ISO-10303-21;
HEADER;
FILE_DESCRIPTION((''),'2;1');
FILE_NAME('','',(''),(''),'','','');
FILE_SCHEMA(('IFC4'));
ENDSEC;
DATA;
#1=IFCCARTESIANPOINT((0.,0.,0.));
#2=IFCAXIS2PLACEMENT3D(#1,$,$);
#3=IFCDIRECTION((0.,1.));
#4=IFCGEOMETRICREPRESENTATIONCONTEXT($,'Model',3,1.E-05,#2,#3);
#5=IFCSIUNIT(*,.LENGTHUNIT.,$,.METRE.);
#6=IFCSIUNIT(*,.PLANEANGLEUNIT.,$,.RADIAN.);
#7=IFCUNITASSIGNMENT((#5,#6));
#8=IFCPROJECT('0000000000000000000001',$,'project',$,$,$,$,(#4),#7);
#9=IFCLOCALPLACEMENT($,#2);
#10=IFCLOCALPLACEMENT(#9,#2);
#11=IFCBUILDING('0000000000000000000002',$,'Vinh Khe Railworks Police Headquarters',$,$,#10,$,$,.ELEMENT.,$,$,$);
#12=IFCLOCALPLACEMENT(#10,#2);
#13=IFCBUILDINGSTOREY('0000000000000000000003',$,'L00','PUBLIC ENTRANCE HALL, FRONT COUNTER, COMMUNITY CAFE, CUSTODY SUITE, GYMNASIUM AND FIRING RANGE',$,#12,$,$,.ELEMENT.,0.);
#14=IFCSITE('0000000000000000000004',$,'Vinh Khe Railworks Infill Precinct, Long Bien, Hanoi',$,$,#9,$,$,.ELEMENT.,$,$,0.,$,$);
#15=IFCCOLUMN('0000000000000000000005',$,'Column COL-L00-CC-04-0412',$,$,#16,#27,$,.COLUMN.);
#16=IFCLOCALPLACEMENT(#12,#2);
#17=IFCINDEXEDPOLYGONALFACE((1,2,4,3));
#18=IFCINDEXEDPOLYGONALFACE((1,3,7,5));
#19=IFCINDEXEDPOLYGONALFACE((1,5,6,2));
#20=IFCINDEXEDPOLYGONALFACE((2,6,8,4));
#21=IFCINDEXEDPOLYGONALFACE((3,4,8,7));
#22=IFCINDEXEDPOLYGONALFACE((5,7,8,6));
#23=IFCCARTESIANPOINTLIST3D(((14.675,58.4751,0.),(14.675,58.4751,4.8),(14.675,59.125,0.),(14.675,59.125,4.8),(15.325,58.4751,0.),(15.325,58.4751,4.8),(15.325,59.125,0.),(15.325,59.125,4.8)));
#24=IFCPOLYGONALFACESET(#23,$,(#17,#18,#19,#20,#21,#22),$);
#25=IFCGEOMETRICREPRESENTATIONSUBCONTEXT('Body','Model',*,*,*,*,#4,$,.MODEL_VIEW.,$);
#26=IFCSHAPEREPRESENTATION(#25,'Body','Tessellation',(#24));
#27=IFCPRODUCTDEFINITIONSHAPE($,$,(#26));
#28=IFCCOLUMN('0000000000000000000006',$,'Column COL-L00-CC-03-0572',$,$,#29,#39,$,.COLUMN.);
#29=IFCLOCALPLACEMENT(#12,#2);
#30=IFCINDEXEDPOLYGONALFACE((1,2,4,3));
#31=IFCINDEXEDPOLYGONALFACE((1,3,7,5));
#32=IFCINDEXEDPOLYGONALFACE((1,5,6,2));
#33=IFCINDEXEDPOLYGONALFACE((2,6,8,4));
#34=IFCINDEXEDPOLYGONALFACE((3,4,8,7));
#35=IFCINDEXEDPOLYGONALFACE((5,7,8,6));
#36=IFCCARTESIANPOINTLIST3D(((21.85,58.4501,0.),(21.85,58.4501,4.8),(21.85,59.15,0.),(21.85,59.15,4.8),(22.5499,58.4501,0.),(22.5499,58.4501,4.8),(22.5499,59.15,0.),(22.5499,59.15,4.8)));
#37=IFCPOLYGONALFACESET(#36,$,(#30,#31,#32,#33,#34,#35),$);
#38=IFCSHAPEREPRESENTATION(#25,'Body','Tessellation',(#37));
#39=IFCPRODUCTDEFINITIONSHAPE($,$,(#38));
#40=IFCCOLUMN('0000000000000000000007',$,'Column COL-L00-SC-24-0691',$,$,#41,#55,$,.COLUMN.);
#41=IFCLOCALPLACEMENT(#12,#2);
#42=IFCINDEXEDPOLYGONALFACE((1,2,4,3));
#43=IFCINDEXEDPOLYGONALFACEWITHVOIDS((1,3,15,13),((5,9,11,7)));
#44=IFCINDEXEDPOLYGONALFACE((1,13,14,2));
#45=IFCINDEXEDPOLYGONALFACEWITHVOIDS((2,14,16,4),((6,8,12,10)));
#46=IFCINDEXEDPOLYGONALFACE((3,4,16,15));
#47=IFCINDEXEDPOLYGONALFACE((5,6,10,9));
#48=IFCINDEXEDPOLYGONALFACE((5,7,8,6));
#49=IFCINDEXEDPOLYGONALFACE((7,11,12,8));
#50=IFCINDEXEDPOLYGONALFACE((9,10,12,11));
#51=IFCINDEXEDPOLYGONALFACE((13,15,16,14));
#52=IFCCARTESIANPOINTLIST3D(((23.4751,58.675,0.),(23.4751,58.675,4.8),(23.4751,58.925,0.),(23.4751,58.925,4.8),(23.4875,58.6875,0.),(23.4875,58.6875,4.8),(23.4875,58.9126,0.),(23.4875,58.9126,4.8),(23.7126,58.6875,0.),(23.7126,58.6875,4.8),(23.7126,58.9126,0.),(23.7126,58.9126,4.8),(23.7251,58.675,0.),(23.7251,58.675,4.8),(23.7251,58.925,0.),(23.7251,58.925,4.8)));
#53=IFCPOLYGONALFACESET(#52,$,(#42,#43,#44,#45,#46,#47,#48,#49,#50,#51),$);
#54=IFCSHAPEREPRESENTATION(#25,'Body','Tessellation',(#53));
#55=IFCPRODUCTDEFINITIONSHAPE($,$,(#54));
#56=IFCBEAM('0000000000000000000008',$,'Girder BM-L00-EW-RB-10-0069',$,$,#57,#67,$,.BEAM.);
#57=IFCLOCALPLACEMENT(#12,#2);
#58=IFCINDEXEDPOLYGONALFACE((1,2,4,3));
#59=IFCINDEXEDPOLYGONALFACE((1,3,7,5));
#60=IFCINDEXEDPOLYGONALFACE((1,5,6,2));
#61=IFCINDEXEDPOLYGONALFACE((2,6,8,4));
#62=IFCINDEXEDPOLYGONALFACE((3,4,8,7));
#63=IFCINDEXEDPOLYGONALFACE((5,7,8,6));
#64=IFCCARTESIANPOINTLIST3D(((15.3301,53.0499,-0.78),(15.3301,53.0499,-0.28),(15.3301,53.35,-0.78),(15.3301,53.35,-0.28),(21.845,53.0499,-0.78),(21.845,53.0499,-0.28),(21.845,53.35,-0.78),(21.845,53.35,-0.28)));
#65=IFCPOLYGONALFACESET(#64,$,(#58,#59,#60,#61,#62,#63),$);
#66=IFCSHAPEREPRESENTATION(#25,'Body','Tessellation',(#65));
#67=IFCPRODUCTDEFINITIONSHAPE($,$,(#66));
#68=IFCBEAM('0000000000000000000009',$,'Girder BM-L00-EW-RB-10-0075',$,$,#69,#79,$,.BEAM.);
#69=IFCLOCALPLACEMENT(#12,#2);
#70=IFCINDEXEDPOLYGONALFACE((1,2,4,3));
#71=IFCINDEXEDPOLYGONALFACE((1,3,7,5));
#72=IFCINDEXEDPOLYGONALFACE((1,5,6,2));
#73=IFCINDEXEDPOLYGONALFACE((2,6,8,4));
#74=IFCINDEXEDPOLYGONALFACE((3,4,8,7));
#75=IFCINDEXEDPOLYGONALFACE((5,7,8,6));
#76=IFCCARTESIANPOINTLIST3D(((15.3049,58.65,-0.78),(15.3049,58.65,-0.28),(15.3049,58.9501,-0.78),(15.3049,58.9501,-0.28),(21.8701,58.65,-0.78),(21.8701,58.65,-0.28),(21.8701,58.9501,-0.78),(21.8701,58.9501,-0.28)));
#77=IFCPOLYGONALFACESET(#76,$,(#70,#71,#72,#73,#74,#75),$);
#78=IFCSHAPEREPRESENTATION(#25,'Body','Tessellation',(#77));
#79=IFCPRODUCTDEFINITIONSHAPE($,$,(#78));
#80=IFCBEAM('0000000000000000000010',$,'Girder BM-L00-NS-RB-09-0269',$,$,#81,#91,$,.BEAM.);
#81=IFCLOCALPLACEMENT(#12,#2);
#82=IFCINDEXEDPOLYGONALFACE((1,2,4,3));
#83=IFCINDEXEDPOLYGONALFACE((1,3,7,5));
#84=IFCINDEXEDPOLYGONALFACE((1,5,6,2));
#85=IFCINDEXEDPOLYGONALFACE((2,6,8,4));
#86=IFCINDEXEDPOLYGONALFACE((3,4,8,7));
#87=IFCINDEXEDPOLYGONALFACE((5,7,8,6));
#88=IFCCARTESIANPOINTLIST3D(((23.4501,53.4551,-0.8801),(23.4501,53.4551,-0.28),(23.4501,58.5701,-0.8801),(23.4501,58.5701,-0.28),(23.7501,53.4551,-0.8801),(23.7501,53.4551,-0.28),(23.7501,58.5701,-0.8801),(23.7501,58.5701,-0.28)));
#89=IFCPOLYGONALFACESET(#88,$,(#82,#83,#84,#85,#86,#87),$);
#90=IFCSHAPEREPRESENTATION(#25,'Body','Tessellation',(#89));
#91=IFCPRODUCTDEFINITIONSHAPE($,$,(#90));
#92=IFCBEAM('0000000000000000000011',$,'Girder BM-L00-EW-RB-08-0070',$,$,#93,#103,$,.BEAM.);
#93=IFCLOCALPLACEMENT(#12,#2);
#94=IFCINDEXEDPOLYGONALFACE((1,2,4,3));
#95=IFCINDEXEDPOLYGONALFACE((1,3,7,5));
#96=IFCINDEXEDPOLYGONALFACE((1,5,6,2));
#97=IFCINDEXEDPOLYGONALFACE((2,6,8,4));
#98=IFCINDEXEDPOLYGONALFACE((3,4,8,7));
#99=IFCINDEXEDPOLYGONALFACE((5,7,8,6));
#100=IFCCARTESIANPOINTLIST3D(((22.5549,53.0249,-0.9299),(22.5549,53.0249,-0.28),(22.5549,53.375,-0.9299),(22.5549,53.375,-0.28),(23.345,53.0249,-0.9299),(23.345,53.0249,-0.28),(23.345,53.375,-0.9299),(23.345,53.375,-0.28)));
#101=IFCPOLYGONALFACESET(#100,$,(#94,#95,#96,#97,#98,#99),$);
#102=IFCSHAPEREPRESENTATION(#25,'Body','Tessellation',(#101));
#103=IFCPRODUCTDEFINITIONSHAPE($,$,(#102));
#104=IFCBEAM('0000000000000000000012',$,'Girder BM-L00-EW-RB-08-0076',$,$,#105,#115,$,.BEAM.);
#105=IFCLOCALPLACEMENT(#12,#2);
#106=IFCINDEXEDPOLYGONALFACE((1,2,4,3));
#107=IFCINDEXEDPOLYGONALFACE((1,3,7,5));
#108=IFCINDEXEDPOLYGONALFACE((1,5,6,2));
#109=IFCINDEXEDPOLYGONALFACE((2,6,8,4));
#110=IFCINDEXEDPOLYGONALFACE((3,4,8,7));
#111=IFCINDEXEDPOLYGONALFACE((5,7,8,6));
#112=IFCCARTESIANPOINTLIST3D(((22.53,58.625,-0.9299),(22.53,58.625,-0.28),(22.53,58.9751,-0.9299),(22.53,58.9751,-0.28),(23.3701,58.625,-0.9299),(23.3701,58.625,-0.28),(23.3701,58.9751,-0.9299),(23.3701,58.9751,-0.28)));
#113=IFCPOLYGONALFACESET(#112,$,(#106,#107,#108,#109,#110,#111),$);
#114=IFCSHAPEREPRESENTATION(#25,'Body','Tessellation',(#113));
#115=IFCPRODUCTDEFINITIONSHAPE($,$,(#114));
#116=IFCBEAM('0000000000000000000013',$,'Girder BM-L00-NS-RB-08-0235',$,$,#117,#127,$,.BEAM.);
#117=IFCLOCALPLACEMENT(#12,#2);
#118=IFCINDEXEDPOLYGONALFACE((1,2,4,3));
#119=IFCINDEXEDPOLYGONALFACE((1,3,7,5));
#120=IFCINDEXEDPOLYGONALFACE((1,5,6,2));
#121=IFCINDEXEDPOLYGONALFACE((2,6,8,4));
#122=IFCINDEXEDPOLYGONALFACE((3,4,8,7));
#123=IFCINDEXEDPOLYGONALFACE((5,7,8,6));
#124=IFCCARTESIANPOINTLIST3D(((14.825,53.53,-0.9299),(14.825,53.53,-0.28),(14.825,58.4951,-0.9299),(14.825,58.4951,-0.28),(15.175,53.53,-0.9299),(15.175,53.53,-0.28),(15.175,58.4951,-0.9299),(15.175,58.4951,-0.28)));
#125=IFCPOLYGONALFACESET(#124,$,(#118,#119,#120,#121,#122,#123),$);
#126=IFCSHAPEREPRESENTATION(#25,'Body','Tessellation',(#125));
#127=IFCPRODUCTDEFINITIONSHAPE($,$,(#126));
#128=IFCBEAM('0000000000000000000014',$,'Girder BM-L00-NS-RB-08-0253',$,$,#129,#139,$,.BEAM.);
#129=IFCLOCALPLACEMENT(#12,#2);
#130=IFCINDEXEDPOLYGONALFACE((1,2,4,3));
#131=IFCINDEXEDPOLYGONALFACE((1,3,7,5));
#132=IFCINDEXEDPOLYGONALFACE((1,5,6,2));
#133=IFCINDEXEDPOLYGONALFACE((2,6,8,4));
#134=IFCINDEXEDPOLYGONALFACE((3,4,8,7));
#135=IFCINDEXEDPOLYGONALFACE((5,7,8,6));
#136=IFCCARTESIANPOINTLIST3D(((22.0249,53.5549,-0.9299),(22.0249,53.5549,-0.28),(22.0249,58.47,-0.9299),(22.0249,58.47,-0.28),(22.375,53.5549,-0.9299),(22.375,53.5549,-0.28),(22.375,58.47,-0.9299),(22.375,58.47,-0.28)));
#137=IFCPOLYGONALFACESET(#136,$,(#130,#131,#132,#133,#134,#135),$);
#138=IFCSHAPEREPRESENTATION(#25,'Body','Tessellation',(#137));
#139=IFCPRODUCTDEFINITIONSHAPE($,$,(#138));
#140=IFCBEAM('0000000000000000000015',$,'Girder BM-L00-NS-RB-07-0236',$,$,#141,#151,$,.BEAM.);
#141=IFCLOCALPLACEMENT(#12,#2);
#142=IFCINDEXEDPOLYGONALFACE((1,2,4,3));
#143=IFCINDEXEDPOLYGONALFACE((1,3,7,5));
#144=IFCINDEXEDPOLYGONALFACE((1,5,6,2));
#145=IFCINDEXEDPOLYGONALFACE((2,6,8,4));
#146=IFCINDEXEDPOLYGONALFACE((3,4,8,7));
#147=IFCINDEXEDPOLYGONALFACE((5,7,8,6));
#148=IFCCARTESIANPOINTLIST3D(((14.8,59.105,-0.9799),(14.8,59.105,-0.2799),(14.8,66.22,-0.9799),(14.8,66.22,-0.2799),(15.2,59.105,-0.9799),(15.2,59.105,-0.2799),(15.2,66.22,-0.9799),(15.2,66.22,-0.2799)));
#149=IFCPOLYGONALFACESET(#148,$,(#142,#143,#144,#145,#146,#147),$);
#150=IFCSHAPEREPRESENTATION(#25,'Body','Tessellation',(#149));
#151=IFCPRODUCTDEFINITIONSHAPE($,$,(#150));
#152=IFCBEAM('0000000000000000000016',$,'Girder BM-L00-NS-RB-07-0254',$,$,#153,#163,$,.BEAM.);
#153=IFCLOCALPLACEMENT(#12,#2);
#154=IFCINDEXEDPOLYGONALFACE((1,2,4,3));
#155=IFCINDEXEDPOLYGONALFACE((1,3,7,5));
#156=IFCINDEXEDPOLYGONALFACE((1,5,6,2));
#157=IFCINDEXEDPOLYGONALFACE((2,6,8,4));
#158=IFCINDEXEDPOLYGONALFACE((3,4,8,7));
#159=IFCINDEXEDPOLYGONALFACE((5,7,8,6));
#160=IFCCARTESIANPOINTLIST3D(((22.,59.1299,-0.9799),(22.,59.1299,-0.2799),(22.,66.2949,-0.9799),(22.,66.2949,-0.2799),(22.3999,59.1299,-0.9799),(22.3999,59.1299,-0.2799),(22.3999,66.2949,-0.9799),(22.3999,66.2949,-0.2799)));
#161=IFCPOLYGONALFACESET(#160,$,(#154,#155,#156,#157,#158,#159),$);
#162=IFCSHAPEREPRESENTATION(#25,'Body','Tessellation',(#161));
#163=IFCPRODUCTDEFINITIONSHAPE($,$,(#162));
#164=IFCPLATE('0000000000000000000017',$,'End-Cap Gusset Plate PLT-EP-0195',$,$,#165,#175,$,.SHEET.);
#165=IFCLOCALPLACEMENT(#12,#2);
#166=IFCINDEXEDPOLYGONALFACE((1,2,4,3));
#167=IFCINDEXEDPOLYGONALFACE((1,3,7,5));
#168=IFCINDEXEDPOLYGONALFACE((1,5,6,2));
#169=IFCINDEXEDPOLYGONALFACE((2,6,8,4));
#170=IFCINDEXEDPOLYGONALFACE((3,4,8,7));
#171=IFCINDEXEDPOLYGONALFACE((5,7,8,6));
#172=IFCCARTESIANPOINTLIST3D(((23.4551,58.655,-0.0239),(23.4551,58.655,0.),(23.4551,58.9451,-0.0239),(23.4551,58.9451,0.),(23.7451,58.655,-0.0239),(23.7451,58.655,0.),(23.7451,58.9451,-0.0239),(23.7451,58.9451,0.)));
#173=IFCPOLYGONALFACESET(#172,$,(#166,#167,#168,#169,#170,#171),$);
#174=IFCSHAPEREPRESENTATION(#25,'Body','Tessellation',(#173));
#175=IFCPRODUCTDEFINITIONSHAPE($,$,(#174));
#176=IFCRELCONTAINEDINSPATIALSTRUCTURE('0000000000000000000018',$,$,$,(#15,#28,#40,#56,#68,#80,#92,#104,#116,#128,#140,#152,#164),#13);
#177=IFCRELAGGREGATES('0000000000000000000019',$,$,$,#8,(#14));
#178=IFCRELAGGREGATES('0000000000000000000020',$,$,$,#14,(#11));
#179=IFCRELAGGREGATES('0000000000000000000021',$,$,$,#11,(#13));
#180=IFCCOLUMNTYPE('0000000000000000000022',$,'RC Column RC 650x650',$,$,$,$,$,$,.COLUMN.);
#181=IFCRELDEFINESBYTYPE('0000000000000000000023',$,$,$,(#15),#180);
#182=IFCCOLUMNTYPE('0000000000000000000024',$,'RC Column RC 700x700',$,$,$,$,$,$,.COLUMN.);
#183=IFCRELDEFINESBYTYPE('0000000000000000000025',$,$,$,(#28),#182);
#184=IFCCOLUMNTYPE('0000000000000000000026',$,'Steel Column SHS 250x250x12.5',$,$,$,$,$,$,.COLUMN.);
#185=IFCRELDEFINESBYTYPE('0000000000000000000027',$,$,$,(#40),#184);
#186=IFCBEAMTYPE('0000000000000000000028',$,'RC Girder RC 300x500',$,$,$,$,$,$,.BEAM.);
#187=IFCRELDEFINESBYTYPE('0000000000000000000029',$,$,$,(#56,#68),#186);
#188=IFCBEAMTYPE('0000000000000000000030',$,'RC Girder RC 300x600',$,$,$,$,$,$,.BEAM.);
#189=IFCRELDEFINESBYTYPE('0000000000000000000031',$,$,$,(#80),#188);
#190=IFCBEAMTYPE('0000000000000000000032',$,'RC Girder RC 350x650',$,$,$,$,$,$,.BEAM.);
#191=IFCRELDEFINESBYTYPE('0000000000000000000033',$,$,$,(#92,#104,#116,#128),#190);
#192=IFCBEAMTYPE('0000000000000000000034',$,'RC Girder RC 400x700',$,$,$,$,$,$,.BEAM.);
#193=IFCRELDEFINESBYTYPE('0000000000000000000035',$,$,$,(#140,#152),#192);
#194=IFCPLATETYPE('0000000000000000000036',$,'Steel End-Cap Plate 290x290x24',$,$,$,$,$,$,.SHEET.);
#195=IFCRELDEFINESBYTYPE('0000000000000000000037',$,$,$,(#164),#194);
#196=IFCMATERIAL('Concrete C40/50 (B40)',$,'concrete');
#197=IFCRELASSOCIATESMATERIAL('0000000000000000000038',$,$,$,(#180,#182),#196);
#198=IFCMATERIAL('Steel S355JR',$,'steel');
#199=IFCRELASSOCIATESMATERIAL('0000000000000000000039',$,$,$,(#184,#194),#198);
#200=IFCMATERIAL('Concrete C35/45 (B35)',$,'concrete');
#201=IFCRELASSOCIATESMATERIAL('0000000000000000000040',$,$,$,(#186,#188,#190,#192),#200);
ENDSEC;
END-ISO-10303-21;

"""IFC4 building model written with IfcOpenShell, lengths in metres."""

from ifc_helpers import new_model, si_unit, direction, frame, origin, origin_2d, place, context, subcontext, project, spatial, rectangle, hollow_rectangle, extrude, material, material_profile, profile_set, type_object, element, save


model = new_model("IFC4")

# Units and contexts
model_context = context("Model", 3, precision=1e-05, world=origin(), true_north=direction((0.0, 1.0)))
body_context = subcontext(model_context, "Body", "Model", "MODEL_VIEW")
ifc_project = project(units=[si_unit("LENGTHUNIT", "METRE"), si_unit("PLANEANGLEUNIT", "RADIAN")], contexts=[model_context])

# Site, building, storey
site_placement = place(None, origin())
site = spatial("IfcSite", under=ifc_project, at=site_placement, Name="Vinh Khe Railworks Infill Precinct, Long Bien, Hanoi", CompositionType="ELEMENT", RefElevation=0.0)
building_placement = place(site_placement, origin())
building = spatial("IfcBuilding", under=site, at=building_placement, Name="Vinh Khe Railworks Police Headquarters", CompositionType="ELEMENT")
storey_placement = place(building_placement, origin())
storey = spatial("IfcBuildingStorey", under=building, at=storey_placement, Name="L00", Description="PUBLIC ENTRANCE HALL, FRONT COUNTER, COMMUNITY CAFE, CUSTODY SUITE, GYMNASIUM AND FIRING RANGE", CompositionType="ELEMENT", Elevation=0.0)

# Columns
ifc_material_1 = material(Name="Concrete C40/50 (B40)", Category="concrete")
ifc_material_profile_1 = material_profile(ifc_material_1, rectangle(XDim=0.6499, YDim=0.6499, at=origin_2d()), Name="RC 650x650")
ifc_profile_set_1 = profile_set([ifc_material_profile_1], Name="Concrete C40/50 (B40)")
column_type_1 = type_object("IfcColumnType", Name="RC Column RC 650x650", PredefinedType="COLUMN", material=ifc_profile_set_1)
column_1_placement = place(storey_placement, frame((15.0, 58.8, 0.0), z_axis=(0.0, 0.0, 1.0), x_axis=(1.0, 0.0, 0.0)))
element("IfcColumn", 1, at=column_1_placement, inside=storey, type_object=column_type_1, Name="Column COL-L00-CC-04-0412", PredefinedType="COLUMN", context=body_context, shape_type="SweptSolid", body=[
    extrude(rectangle(XDim=0.6499, YDim=0.6499, at=origin_2d()), origin(), (0.0, 0.0, 1.0), 4.8),
])
ifc_material_profile_2 = material_profile(ifc_material_1, rectangle(XDim=0.7, YDim=0.7, at=origin_2d()), Name="RC 700x700")
ifc_profile_set_2 = profile_set([ifc_material_profile_2], Name="Concrete C40/50 (B40)")
column_type_2 = type_object("IfcColumnType", Name="RC Column RC 700x700", PredefinedType="COLUMN", material=ifc_profile_set_2)
column_2_placement = place(storey_placement, frame((22.2, 58.8, 0.0), z_axis=(0.0, 0.0, 1.0), x_axis=(1.0, 0.0, 0.0)))
element("IfcColumn", 2, at=column_2_placement, inside=storey, type_object=column_type_2, Name="Column COL-L00-CC-03-0572", PredefinedType="COLUMN", context=body_context, shape_type="SweptSolid", body=[
    extrude(rectangle(XDim=0.7, YDim=0.7, at=origin_2d()), origin(), (0.0, 0.0, 1.0), 4.8),
])
ifc_material_2 = material(Name="Steel S355JR", Category="steel")
ifc_material_profile_3 = material_profile(ifc_material_2, hollow_rectangle(XDim=0.25, YDim=0.25, WallThickness=0.0125, at=origin_2d()), Name="SHS 250x250x12.5")
ifc_profile_set_3 = profile_set([ifc_material_profile_3], Name="Steel S355JR")
column_type_3 = type_object("IfcColumnType", Name="Steel Column SHS 250x250x12.5", PredefinedType="COLUMN", material=ifc_profile_set_3)
column_3_placement = place(storey_placement, frame((23.6001, 58.8, 0.0), z_axis=(0.0, 0.0, 1.0), x_axis=(1.0, 0.0, 0.0)))
element("IfcColumn", 3, at=column_3_placement, inside=storey, type_object=column_type_3, Name="Column COL-L00-SC-24-0691", PredefinedType="COLUMN", context=body_context, shape_type="SweptSolid", body=[
    extrude(hollow_rectangle(XDim=0.25, YDim=0.25, WallThickness=0.0125, at=origin_2d()), origin(), (0.0, 0.0, 1.0), 4.8),
])

# Beams
ifc_material_3 = material(Name="Concrete C35/45 (B35)", Category="concrete")
ifc_material_profile_4 = material_profile(ifc_material_3, rectangle(XDim=0.3, YDim=0.5, at=origin_2d()), Name="RC 300x500")
ifc_profile_set_4 = profile_set([ifc_material_profile_4], Name="Concrete C35/45 (B35)")
beam_type_1 = type_object("IfcBeamType", Name="RC Girder RC 300x500", PredefinedType="BEAM", material=ifc_profile_set_4)
beam_1_placement = place(storey_placement, frame((15.3301, 53.2, -0.53), z_axis=(1.0, 0.0, 0.0), x_axis=(0.0, 1.0, 0.0)))
element("IfcBeam", 4, at=beam_1_placement, inside=storey, type_object=beam_type_1, Name="Girder BM-L00-EW-RB-10-0069", PredefinedType="BEAM", context=body_context, shape_type="SweptSolid", body=[
    extrude(rectangle(XDim=0.3, YDim=0.5, at=origin_2d()), origin(), (0.0, 0.0, 1.0), 6.5149),
])
beam_2_placement = place(storey_placement, frame((15.3049, 58.8, -0.53), z_axis=(1.0, 0.0, 0.0), x_axis=(0.0, 1.0, 0.0)))
element("IfcBeam", 5, at=beam_2_placement, inside=storey, type_object=beam_type_1, Name="Girder BM-L00-EW-RB-10-0075", PredefinedType="BEAM", context=body_context, shape_type="SweptSolid", body=[
    extrude(rectangle(XDim=0.3, YDim=0.5, at=origin_2d()), origin(), (0.0, 0.0, 1.0), 6.5652),
])
ifc_material_profile_5 = material_profile(ifc_material_3, rectangle(XDim=0.3, YDim=0.6001, at=origin_2d()), Name="RC 300x600")
ifc_profile_set_5 = profile_set([ifc_material_profile_5], Name="Concrete C35/45 (B35)")
beam_type_2 = type_object("IfcBeamType", Name="RC Girder RC 300x600", PredefinedType="BEAM", material=ifc_profile_set_5)
beam_3_placement = place(storey_placement, frame((23.6001, 53.4551, -0.5801), z_axis=(0.0, 1.0, 0.0), x_axis=(-1.0, 0.0, 0.0)))
element("IfcBeam", 6, at=beam_3_placement, inside=storey, type_object=beam_type_2, Name="Girder BM-L00-NS-RB-09-0269", PredefinedType="BEAM", context=body_context, shape_type="SweptSolid", body=[
    extrude(rectangle(XDim=0.3, YDim=0.6001, at=origin_2d()), origin(), (0.0, 0.0, 1.0), 5.115),
])
ifc_material_profile_6 = material_profile(ifc_material_3, rectangle(XDim=0.3501, YDim=0.6499, at=origin_2d()), Name="RC 350x650")
ifc_profile_set_6 = profile_set([ifc_material_profile_6], Name="Concrete C35/45 (B35)")
beam_type_3 = type_object("IfcBeamType", Name="RC Girder RC 350x650", PredefinedType="BEAM", material=ifc_profile_set_6)
beam_4_placement = place(storey_placement, frame((22.5549, 53.2, -0.605), z_axis=(1.0, 0.0, 0.0), x_axis=(0.0, 1.0, 0.0)))
element("IfcBeam", 7, at=beam_4_placement, inside=storey, type_object=beam_type_3, Name="Girder BM-L00-EW-RB-08-0070", PredefinedType="BEAM", context=body_context, shape_type="SweptSolid", body=[
    extrude(rectangle(XDim=0.3501, YDim=0.6499, at=origin_2d()), origin(), (0.0, 0.0, 1.0), 0.79),
])
beam_5_placement = place(storey_placement, frame((22.53, 58.8, -0.605), z_axis=(1.0, 0.0, 0.0), x_axis=(0.0, 1.0, 0.0)))
element("IfcBeam", 8, at=beam_5_placement, inside=storey, type_object=beam_type_3, Name="Girder BM-L00-EW-RB-08-0076", PredefinedType="BEAM", context=body_context, shape_type="SweptSolid", body=[
    extrude(rectangle(XDim=0.3501, YDim=0.6499, at=origin_2d()), origin(), (0.0, 0.0, 1.0), 0.8401),
])
beam_6_placement = place(storey_placement, frame((15.0, 53.53, -0.605), z_axis=(0.0, 1.0, 0.0), x_axis=(-1.0, 0.0, 0.0)))
element("IfcBeam", 9, at=beam_6_placement, inside=storey, type_object=beam_type_3, Name="Girder BM-L00-NS-RB-08-0235", PredefinedType="BEAM", context=body_context, shape_type="SweptSolid", body=[
    extrude(rectangle(XDim=0.3501, YDim=0.6499, at=origin_2d()), origin(), (0.0, 0.0, 1.0), 4.9651),
])
beam_7_placement = place(storey_placement, frame((22.2, 53.5549, -0.605), z_axis=(0.0, 1.0, 0.0), x_axis=(-1.0, 0.0, 0.0)))
element("IfcBeam", 10, at=beam_7_placement, inside=storey, type_object=beam_type_3, Name="Girder BM-L00-NS-RB-08-0253", PredefinedType="BEAM", context=body_context, shape_type="SweptSolid", body=[
    extrude(rectangle(XDim=0.3501, YDim=0.6499, at=origin_2d()), origin(), (0.0, 0.0, 1.0), 4.915),
])
ifc_material_profile_7 = material_profile(ifc_material_3, rectangle(XDim=0.3999, YDim=0.7, at=origin_2d()), Name="RC 400x700")
ifc_profile_set_7 = profile_set([ifc_material_profile_7], Name="Concrete C35/45 (B35)")
beam_type_4 = type_object("IfcBeamType", Name="RC Girder RC 400x700", PredefinedType="BEAM", material=ifc_profile_set_7)
beam_8_placement = place(storey_placement, frame((15.0, 59.105, -0.6299), z_axis=(0.0, 1.0, 0.0), x_axis=(-1.0, 0.0, 0.0)))
element("IfcBeam", 11, at=beam_8_placement, inside=storey, type_object=beam_type_4, Name="Girder BM-L00-NS-RB-07-0236", PredefinedType="BEAM", context=body_context, shape_type="SweptSolid", body=[
    extrude(rectangle(XDim=0.3999, YDim=0.7, at=origin_2d()), origin(), (0.0, 0.0, 1.0), 7.115),
])
beam_9_placement = place(storey_placement, frame((22.2, 59.1299, -0.6299), z_axis=(0.0, 1.0, 0.0), x_axis=(-1.0, 0.0, 0.0)))
element("IfcBeam", 12, at=beam_9_placement, inside=storey, type_object=beam_type_4, Name="Girder BM-L00-NS-RB-07-0254", PredefinedType="BEAM", context=body_context, shape_type="SweptSolid", body=[
    extrude(rectangle(XDim=0.3999, YDim=0.7, at=origin_2d()), origin(), (0.0, 0.0, 1.0), 7.165),
])

# Plate
ifc_material_profile_8 = material_profile(ifc_material_2, rectangle(XDim=0.29, YDim=0.29, at=origin_2d()), Name="PL 290x290")
ifc_profile_set_8 = profile_set([ifc_material_profile_8], Name="Steel S355JR")
plate_type_1 = type_object("IfcPlateType", Name="Steel End-Cap Plate 290x290x24", PredefinedType="SHEET", material=ifc_profile_set_8)
plate_placement = place(storey_placement, frame((23.6001, 58.8, 0.0), z_axis=(0.0, 0.0, -1.0), x_axis=(1.0, 0.0, 0.0)))
element("IfcPlate", 13, at=plate_placement, inside=storey, type_object=plate_type_1, Name="End-Cap Gusset Plate PLT-EP-0195", PredefinedType="SHEET", context=body_context, shape_type="SweptSolid", body=[
    extrude(rectangle(XDim=0.29, YDim=0.29, at=origin_2d()), origin(), (0.0, 0.0, 1.0), 0.0239),
])

save(model, "model.ifc")
